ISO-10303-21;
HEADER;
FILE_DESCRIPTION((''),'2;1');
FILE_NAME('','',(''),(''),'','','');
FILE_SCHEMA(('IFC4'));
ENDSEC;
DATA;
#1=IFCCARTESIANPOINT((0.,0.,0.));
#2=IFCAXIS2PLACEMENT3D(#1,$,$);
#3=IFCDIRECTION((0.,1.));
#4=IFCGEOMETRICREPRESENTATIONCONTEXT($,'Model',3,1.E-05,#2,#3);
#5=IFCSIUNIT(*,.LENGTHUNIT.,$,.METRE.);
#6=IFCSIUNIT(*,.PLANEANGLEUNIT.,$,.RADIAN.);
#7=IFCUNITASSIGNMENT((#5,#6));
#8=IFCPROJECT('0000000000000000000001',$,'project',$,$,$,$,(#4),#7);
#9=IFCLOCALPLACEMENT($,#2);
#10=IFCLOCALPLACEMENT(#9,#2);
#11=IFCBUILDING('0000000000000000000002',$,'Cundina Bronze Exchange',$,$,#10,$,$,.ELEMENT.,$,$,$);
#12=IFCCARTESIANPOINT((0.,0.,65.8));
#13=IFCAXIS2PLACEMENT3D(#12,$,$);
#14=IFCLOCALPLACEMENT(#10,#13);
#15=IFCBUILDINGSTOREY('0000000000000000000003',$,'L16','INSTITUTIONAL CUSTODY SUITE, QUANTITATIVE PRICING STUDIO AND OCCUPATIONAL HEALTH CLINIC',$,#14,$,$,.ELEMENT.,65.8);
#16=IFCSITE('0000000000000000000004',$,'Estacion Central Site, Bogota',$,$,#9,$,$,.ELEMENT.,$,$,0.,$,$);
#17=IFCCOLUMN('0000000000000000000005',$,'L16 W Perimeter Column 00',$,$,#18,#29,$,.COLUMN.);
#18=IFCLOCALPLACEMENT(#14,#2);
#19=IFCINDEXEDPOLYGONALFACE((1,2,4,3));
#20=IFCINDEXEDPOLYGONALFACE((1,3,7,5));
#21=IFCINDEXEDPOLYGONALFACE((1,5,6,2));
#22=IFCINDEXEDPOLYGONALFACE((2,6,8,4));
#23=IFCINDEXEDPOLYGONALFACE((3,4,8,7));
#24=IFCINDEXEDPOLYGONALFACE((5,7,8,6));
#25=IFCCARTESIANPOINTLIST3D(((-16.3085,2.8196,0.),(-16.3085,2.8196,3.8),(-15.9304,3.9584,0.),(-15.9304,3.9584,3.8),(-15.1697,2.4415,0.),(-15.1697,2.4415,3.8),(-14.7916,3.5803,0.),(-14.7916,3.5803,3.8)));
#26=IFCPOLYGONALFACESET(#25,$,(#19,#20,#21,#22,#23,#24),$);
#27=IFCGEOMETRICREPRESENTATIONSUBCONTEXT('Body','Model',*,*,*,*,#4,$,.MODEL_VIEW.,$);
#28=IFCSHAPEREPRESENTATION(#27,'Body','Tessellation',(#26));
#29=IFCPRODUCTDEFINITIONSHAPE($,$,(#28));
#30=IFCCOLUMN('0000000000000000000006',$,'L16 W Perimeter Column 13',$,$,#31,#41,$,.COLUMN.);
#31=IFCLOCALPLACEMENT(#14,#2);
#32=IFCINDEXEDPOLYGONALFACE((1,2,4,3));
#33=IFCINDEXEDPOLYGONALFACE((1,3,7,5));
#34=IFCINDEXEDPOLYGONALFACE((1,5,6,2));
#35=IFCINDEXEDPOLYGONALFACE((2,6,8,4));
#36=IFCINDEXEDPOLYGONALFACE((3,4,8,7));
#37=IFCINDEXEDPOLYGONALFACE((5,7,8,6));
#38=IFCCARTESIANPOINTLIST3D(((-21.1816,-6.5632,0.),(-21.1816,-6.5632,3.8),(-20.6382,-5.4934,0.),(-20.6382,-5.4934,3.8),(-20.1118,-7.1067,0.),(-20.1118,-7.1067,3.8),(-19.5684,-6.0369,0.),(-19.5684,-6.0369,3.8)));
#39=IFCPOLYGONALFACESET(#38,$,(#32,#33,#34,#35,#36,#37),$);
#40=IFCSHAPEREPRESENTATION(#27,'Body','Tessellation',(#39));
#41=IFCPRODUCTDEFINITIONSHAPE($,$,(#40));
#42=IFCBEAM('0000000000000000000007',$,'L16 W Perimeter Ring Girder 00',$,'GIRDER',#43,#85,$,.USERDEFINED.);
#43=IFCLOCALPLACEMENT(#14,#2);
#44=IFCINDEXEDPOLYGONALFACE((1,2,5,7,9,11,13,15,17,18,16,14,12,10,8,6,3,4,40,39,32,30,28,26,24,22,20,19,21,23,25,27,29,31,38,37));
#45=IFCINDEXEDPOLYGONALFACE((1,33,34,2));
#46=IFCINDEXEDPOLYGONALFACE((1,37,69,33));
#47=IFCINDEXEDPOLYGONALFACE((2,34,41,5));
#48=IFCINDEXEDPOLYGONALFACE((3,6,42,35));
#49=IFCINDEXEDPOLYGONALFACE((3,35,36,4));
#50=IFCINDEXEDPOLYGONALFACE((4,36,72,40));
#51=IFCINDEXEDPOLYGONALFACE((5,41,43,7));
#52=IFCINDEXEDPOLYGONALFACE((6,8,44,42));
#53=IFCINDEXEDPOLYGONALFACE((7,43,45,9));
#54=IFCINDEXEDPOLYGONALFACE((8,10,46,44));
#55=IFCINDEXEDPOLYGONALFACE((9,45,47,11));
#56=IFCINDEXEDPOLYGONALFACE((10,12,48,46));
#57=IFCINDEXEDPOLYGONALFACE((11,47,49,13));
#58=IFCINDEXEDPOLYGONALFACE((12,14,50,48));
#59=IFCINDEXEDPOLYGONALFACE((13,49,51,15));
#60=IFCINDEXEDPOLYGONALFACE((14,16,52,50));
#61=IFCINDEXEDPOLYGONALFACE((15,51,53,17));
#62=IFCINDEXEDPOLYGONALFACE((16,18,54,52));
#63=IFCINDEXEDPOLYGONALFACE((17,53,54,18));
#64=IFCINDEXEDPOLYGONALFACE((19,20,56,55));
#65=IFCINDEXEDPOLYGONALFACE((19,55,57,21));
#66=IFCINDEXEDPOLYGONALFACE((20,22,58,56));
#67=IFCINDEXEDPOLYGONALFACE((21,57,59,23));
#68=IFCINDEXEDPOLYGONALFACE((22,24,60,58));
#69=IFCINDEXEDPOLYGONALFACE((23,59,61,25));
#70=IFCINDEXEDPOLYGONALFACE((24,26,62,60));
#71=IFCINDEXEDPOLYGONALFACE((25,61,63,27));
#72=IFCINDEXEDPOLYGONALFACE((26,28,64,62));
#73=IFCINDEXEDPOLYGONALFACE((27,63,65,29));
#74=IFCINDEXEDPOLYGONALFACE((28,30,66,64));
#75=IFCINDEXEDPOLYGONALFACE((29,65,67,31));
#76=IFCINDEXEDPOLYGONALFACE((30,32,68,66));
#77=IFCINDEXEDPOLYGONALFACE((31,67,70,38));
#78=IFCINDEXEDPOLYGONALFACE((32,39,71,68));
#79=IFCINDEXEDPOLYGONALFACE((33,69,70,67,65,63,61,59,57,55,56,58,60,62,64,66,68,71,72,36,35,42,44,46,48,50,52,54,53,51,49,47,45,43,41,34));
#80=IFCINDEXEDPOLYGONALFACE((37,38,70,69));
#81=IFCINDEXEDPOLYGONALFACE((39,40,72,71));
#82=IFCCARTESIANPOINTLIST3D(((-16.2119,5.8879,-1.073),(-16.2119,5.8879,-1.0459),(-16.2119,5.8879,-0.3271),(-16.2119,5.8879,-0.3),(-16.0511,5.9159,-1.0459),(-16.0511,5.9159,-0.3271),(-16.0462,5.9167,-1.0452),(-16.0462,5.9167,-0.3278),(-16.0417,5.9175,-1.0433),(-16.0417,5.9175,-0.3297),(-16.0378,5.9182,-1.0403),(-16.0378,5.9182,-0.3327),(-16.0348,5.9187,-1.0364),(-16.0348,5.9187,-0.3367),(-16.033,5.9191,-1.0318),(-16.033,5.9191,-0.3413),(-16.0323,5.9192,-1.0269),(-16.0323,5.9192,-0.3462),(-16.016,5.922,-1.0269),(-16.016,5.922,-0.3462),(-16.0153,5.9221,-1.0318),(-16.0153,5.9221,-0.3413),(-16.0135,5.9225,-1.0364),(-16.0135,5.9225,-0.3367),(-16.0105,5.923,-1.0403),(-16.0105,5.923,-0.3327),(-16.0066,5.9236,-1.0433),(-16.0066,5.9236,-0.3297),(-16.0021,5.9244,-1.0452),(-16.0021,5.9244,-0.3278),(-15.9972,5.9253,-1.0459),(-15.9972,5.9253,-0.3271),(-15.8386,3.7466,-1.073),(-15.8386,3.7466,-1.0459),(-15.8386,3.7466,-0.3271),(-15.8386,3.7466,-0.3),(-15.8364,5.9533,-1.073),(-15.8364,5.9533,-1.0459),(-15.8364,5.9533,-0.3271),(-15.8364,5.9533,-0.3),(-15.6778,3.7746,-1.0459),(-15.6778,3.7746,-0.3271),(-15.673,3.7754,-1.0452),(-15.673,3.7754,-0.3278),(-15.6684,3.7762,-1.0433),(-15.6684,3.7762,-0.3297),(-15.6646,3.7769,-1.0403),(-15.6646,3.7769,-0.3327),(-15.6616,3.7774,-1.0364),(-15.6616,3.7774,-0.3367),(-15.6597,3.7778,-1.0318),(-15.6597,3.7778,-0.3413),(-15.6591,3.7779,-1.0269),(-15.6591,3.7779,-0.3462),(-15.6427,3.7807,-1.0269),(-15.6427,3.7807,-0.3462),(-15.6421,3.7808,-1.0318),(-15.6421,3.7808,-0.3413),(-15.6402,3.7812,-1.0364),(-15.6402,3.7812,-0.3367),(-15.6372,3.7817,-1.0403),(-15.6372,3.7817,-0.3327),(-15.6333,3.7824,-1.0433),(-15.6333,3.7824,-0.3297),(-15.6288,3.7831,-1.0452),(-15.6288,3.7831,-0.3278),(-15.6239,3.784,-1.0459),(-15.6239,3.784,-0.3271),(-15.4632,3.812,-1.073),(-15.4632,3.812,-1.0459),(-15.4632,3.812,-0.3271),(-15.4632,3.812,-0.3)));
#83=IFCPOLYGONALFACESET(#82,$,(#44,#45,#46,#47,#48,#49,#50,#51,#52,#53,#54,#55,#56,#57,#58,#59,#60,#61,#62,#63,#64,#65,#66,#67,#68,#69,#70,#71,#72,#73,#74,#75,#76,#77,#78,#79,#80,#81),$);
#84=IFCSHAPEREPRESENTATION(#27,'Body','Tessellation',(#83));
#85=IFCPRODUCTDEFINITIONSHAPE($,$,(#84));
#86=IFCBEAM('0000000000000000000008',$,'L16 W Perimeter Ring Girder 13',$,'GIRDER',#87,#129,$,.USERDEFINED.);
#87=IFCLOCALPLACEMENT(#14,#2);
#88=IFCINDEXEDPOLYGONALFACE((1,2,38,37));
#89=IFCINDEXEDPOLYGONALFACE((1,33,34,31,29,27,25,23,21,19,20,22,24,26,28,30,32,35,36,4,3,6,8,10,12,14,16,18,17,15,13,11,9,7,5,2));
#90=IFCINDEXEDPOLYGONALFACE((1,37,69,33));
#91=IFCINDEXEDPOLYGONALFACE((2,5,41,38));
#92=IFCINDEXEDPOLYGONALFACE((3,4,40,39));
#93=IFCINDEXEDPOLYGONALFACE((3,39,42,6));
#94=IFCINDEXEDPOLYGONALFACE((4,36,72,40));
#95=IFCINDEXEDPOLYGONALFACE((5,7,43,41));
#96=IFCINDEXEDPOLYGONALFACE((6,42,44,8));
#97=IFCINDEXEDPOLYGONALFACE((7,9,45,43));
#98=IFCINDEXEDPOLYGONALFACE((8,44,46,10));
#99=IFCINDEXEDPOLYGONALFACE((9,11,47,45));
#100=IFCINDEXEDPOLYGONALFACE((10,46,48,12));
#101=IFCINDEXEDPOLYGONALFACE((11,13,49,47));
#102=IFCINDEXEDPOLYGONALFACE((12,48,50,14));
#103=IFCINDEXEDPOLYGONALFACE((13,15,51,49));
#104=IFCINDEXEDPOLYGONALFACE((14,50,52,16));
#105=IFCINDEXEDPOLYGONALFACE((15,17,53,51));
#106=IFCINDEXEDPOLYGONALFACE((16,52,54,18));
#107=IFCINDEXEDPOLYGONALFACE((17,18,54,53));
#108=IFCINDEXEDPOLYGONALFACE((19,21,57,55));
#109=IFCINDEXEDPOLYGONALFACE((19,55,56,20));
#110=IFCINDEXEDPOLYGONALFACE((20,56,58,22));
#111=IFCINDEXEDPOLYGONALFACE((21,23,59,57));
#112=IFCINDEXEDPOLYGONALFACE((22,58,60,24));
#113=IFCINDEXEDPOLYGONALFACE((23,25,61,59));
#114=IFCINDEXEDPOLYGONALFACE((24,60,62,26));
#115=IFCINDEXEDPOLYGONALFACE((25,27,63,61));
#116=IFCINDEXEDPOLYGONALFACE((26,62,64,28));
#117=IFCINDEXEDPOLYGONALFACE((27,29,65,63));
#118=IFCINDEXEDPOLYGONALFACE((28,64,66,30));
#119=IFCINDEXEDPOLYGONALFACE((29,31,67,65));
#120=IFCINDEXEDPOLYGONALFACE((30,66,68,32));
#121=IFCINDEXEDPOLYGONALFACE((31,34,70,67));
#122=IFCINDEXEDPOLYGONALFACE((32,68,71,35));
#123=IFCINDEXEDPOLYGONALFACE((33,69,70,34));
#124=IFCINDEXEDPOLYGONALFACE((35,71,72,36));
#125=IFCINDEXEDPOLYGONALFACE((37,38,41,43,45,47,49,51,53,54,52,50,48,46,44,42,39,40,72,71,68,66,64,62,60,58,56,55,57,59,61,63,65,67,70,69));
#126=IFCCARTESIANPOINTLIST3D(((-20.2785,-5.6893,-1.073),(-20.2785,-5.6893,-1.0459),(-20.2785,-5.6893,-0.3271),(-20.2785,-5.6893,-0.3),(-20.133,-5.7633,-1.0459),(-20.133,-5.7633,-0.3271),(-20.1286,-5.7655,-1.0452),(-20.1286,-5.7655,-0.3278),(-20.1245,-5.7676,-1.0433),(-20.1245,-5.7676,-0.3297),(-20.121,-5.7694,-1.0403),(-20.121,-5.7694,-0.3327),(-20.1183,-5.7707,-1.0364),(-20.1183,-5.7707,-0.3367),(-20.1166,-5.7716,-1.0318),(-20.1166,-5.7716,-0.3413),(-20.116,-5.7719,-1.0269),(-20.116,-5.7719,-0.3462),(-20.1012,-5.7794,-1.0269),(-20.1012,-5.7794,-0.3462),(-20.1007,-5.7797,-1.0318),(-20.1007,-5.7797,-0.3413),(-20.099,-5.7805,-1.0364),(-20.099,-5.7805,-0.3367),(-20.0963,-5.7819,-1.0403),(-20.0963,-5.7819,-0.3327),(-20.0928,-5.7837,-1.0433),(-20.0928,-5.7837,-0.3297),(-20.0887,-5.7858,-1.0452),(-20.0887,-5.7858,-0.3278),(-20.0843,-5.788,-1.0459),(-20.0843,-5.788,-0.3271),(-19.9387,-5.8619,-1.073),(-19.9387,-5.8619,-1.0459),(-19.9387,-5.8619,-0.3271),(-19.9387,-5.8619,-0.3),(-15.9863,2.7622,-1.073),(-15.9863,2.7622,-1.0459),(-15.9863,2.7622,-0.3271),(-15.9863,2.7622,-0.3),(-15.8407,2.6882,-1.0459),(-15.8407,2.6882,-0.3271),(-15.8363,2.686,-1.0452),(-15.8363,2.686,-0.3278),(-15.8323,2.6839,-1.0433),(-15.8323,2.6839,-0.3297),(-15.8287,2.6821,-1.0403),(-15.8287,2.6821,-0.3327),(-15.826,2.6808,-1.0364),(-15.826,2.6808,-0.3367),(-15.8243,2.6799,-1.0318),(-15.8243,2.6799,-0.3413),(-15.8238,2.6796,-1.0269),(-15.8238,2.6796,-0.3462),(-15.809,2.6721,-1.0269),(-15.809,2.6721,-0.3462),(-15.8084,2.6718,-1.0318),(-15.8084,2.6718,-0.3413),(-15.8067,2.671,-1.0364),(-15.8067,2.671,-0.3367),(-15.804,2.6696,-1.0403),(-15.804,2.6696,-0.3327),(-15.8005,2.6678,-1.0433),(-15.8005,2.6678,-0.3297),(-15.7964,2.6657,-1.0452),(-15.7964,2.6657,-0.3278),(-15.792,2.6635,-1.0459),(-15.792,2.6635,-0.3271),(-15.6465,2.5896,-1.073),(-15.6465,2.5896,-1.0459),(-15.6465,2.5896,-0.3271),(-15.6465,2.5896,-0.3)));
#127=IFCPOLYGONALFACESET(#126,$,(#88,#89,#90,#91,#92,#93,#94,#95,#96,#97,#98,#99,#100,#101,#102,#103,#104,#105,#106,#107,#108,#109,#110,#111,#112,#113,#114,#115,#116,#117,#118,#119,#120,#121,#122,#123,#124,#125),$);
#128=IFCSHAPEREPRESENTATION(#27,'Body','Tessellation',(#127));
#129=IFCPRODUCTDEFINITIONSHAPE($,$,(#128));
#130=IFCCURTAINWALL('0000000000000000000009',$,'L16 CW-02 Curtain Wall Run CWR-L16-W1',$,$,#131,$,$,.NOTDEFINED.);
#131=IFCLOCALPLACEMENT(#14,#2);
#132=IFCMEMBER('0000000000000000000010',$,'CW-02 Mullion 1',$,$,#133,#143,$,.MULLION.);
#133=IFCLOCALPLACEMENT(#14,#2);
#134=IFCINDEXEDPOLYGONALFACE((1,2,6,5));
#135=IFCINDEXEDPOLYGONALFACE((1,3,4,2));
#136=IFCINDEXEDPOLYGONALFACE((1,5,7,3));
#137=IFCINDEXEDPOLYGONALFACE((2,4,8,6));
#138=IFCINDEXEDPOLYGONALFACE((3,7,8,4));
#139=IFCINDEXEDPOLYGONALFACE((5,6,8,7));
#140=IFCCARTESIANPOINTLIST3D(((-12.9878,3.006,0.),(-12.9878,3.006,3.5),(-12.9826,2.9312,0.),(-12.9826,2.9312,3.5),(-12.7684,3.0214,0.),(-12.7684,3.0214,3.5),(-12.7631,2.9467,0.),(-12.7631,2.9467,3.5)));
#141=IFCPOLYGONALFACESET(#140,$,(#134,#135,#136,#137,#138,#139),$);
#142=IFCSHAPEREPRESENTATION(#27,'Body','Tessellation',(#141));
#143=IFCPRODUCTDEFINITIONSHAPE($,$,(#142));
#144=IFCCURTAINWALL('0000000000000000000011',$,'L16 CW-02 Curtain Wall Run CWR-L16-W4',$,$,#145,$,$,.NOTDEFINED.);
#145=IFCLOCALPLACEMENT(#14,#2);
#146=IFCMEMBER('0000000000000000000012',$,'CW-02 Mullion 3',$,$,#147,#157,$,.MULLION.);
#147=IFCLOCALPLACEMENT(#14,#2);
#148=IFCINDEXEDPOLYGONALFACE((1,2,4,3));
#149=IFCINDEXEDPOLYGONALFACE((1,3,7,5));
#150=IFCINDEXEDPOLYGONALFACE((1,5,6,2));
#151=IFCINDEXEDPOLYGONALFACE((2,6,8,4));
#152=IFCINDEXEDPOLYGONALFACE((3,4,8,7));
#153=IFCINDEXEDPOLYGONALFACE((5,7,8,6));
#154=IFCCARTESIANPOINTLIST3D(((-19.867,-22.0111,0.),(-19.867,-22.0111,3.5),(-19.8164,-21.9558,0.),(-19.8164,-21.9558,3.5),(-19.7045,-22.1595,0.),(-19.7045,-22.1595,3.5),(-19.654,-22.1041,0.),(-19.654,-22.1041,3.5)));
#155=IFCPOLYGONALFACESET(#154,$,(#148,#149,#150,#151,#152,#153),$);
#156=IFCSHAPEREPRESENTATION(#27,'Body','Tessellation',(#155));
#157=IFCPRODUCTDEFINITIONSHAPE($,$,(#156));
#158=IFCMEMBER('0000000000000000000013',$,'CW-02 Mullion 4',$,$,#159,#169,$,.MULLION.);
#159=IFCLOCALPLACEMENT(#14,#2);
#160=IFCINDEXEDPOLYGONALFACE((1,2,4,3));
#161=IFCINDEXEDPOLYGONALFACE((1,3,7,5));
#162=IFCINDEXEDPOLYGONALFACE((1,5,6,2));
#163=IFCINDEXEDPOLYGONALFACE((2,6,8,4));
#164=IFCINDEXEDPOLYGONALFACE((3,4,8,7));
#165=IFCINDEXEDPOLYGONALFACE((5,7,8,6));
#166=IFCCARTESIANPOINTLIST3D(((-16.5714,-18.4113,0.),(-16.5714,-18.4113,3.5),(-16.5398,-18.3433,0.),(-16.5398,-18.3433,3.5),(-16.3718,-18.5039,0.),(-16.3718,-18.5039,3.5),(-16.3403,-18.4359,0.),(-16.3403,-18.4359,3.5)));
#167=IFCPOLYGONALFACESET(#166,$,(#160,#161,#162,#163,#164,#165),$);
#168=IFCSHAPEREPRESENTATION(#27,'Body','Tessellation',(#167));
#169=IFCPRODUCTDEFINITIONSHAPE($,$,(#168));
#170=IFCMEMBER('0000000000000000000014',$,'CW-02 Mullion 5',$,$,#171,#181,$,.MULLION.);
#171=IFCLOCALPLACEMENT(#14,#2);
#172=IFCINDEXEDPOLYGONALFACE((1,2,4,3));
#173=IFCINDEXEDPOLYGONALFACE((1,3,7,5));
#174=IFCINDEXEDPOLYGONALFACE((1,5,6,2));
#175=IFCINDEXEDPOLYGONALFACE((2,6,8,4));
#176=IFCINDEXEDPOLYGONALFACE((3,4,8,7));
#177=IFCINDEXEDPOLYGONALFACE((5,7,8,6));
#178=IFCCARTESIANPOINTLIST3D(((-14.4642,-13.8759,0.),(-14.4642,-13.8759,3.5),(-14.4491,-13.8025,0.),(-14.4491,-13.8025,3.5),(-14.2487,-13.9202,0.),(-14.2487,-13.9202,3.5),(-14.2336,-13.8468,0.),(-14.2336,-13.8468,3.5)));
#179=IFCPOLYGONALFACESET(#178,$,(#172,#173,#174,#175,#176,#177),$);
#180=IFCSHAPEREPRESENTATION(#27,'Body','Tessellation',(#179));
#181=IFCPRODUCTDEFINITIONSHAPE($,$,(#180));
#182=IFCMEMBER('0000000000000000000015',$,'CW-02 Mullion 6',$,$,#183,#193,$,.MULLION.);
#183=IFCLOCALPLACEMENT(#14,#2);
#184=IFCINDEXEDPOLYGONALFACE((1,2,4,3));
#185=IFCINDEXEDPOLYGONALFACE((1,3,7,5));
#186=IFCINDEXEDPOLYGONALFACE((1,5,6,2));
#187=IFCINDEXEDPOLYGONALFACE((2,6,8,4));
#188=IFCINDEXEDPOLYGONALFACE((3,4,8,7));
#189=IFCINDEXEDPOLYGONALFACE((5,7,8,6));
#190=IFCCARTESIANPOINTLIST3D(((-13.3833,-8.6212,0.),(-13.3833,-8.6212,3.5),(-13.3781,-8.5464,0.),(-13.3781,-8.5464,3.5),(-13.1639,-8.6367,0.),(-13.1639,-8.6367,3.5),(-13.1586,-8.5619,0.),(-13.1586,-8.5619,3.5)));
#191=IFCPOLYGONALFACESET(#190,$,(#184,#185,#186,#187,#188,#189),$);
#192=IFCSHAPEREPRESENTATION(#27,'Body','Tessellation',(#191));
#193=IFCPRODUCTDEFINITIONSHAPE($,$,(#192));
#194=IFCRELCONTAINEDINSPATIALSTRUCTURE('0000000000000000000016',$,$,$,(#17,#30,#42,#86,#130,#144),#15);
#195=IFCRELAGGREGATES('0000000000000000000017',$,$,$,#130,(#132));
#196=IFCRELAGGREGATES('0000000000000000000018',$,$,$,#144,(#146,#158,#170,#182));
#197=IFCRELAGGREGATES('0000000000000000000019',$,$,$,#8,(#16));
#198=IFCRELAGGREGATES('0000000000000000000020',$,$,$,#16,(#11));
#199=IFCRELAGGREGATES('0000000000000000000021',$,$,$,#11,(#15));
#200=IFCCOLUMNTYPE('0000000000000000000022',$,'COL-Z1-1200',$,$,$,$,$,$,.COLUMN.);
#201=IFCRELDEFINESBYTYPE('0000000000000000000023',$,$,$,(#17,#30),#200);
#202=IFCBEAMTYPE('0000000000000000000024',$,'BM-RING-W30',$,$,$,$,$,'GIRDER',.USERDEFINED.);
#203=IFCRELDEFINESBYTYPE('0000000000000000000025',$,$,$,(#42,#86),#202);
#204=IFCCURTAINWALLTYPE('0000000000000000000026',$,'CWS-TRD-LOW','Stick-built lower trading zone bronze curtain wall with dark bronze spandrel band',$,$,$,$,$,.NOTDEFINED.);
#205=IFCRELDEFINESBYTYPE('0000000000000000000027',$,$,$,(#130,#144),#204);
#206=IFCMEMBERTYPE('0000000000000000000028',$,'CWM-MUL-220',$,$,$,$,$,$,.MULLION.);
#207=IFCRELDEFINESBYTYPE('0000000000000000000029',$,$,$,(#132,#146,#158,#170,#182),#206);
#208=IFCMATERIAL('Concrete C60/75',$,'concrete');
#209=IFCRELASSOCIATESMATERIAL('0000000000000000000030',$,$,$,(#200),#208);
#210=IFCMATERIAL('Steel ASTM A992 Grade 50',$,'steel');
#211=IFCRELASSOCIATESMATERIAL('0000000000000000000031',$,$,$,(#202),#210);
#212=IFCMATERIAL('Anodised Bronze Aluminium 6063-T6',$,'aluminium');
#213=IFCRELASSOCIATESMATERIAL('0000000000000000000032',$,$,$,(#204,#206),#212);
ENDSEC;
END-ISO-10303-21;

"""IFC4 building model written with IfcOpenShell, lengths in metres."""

from ifc_helpers import new_model, si_unit, direction, frame, origin, origin_2d, place, context, subcontext, project, spatial, rectangle, i_section, extrude, material, material_profile, profile_set, type_object, element, aggregate, save


model = new_model("IFC4")

# Units and contexts
model_context = context("Model", 3, precision=1e-05, world=origin(), true_north=direction((0.0, 1.0)))
body_context = subcontext(model_context, "Body", "Model", "MODEL_VIEW")
ifc_project = project(units=[si_unit("LENGTHUNIT", "METRE"), si_unit("PLANEANGLEUNIT", "RADIAN")], contexts=[model_context])

# Site, building, storey
site_placement = place(None, origin())
site = spatial("IfcSite", under=ifc_project, at=site_placement, Name="Estacion Central Site, Bogota", CompositionType="ELEMENT", RefElevation=0.0)
building_placement = place(site_placement, origin())
building = spatial("IfcBuilding", under=site, at=building_placement, Name="Cundina Bronze Exchange", CompositionType="ELEMENT")
storey_placement = place(building_placement, frame((0.0, 0.0, 65.8)))
storey = spatial("IfcBuildingStorey", under=building, at=storey_placement, Name="L16", Description="INSTITUTIONAL CUSTODY SUITE, QUANTITATIVE PRICING STUDIO AND OCCUPATIONAL HEALTH CLINIC", CompositionType="ELEMENT", Elevation=65.8)

# Columns
ifc_material_1 = material(Name="Concrete C60/75", Category="concrete")
ifc_material_profile_1 = material_profile(ifc_material_1, rectangle(XDim=1.2, YDim=1.2, at=origin_2d()), Name="RC1200X1200", Category="concrete")
ifc_profile_set_1 = profile_set([ifc_material_profile_1], Name="Concrete C60/75")
column_type = type_object("IfcColumnType", Name="COL-Z1-1200", PredefinedType="COLUMN", material=ifc_profile_set_1)
for number, where, z_axis, x_axis, name in (
    (1, (-15.55, 3.2, 0.0), (0.0, 0.0, 1.0), (0.315152, 0.949041, 0.0), "L16 W Perimeter Column 00"),
    (2, (-20.375, -6.3, 0.0), (0.0, 0.0, 1.0), (0.452902, 0.891561, 0.0), "L16 W Perimeter Column 13"),
):
    element("IfcColumn", number, at=place(storey_placement, frame(where, z_axis=z_axis, x_axis=x_axis)), inside=storey, type_object=column_type, Name=name, PredefinedType="COLUMN", context=body_context, shape_type="SweptSolid", body=[
        extrude(rectangle(XDim=1.2, YDim=1.2, at=origin_2d()), origin(), (0.0, 0.0, 1.0), 3.8),
    ])

# Beams
ifc_material_2 = material(Name="Steel ASTM A992 Grade 50", Category="steel")
ifc_material_profile_2 = material_profile(ifc_material_2, i_section(OverallWidth=0.3811, OverallDepth=0.7729, WebThickness=0.0166, FlangeThickness=0.0271, FilletRadius=0.019, at=origin_2d()), Name="W30X173", Category="steel")
ifc_profile_set_2 = profile_set([ifc_material_profile_2], Name="Steel ASTM A992 Grade 50")
beam_type = type_object("IfcBeamType", Name="BM-RING-W30", ElementType="GIRDER", PredefinedType="USERDEFINED", material=ifc_profile_set_2)
beam_1_placement = place(storey_placement, frame((-15.6509, 3.7793, -0.6865), z_axis=(-0.171735, 0.985143, 0.0), x_axis=(-0.985143, -0.171735, 0.0)))
element("IfcBeam", 3, at=beam_1_placement, inside=storey, type_object=beam_type, Name="L16 W Perimeter Ring Girder 00", ObjectType="GIRDER", PredefinedType="USERDEFINED", context=body_context, shape_type="SweptSolid", body=[
    extrude(i_section(OverallWidth=0.3811, OverallDepth=0.7729, WebThickness=0.0166, FlangeThickness=0.0271, FilletRadius=0.019, at=origin_2d()), origin(), (0.0, 0.0, 1.0), 2.1736),
])
beam_2_placement = place(storey_placement, frame((-20.1086, -5.7756, -0.6865), z_axis=(0.45282, 0.891602, 0.0), x_axis=(-0.891602, 0.45282, 0.0)))
element("IfcBeam", 4, at=beam_2_placement, inside=storey, type_object=beam_type, Name="L16 W Perimeter Ring Girder 13", ObjectType="GIRDER", PredefinedType="USERDEFINED", context=body_context, shape_type="SweptSolid", body=[
    extrude(i_section(OverallWidth=0.3811, OverallDepth=0.7729, WebThickness=0.0166, FlangeThickness=0.0271, FilletRadius=0.019, at=origin_2d()), origin(), (0.0, 0.0, 1.0), 9.479),
])

# Curtain wall, member
ifc_material_3 = material(Name="Anodised Bronze Aluminium 6063-T6", Category="aluminium")
curtain_wall_type = type_object("IfcCurtainWallType", Name="CWS-TRD-LOW", Description="Stick-built lower trading zone bronze curtain wall with dark bronze spandrel band", PredefinedType="NOTDEFINED", material=ifc_material_3)
curtain_wall_1_placement = place(storey_placement, origin())
curtain_wall_1 = element("IfcCurtainWall", 5, at=curtain_wall_1_placement, inside=storey, type_object=curtain_wall_type, Name="L16 CW-02 Curtain Wall Run CWR-L16-W1", PredefinedType="NOTDEFINED")
ifc_material_profile_3 = material_profile(ifc_material_3, rectangle(XDim=0.075, YDim=0.22, at=origin_2d()), Name="AL75X220", Category="aluminium")
ifc_profile_set_3 = profile_set([ifc_material_profile_3], Name="Anodised Bronze Aluminium 6063-T6")
member_type_1 = type_object("IfcMemberType", Name="CWM-MUL-220", PredefinedType="MULLION", material=ifc_profile_set_3)
member_1_placement = place(storey_placement, frame((-12.8755, 2.9763, 0.0), z_axis=(0.0, 0.0, 1.0), x_axis=(-0.070279, 0.997527, 0.0)))
member_1 = element("IfcMember", 6, at=member_1_placement, type_object=member_type_1, Name="CW-02 Mullion 1", PredefinedType="MULLION", context=body_context, shape_type="SweptSolid", body=[
    extrude(rectangle(XDim=0.075, YDim=0.22, at=origin_2d()), origin(), (0.0, 0.0, 1.0), 3.5),
])

# Curtain wall, members
curtain_wall_2_placement = place(storey_placement, origin())
curtain_wall_2 = element("IfcCurtainWall", 7, at=curtain_wall_2_placement, inside=storey, type_object=curtain_wall_type, Name="L16 CW-02 Curtain Wall Run CWR-L16-W4", PredefinedType="NOTDEFINED")
member_2_placement = place(storey_placement, frame((-19.7605, -22.0576, 0.0), z_axis=(0.0, 0.0, 1.0), x_axis=(0.674302, 0.738455, 0.0)))
member_2 = element("IfcMember", 8, at=member_2_placement, type_object=member_type_1, Name="CW-02 Mullion 3", PredefinedType="MULLION", context=body_context, shape_type="SweptSolid", body=[
    extrude(rectangle(XDim=0.075, YDim=0.22, at=origin_2d()), origin(), (0.0, 0.0, 1.0), 3.5),
])
member_3_placement = place(storey_placement, frame((-16.4558, -18.4236, 0.0), z_axis=(0.0, 0.0, 1.0), x_axis=(0.420877, 0.907117, 0.0)))
member_3 = element("IfcMember", 9, at=member_3_placement, type_object=member_type_1, Name="CW-02 Mullion 4", PredefinedType="MULLION", context=body_context, shape_type="SweptSolid", body=[
    extrude(rectangle(XDim=0.075, YDim=0.22, at=origin_2d()), origin(), (0.0, 0.0, 1.0), 3.5),
])
member_4_placement = place(storey_placement, frame((-14.3489, -13.8613, 0.0), z_axis=(0.0, 0.0, 1.0), x_axis=(0.20142, 0.979505, 0.0)))
member_4 = element("IfcMember", 10, at=member_4_placement, type_object=member_type_1, Name="CW-02 Mullion 5", PredefinedType="MULLION", context=body_context, shape_type="SweptSolid", body=[
    extrude(rectangle(XDim=0.075, YDim=0.22, at=origin_2d()), origin(), (0.0, 0.0, 1.0), 3.5),
])
member_5_placement = place(storey_placement, frame((-13.271, -8.5916, 0.0), z_axis=(0.0, 0.0, 1.0), x_axis=(0.070279, 0.997527, 0.0)))
member_5 = element("IfcMember", 11, at=member_5_placement, type_object=member_type_1, Name="CW-02 Mullion 6", PredefinedType="MULLION", context=body_context, shape_type="SweptSolid", body=[
    extrude(rectangle(XDim=0.075, YDim=0.22, at=origin_2d()), origin(), (0.0, 0.0, 1.0), 3.5),
])

aggregate(curtain_wall_1, [member_1])

aggregate(curtain_wall_2, [member_2, member_3, member_4, member_5])

save(model, "model.ifc")
